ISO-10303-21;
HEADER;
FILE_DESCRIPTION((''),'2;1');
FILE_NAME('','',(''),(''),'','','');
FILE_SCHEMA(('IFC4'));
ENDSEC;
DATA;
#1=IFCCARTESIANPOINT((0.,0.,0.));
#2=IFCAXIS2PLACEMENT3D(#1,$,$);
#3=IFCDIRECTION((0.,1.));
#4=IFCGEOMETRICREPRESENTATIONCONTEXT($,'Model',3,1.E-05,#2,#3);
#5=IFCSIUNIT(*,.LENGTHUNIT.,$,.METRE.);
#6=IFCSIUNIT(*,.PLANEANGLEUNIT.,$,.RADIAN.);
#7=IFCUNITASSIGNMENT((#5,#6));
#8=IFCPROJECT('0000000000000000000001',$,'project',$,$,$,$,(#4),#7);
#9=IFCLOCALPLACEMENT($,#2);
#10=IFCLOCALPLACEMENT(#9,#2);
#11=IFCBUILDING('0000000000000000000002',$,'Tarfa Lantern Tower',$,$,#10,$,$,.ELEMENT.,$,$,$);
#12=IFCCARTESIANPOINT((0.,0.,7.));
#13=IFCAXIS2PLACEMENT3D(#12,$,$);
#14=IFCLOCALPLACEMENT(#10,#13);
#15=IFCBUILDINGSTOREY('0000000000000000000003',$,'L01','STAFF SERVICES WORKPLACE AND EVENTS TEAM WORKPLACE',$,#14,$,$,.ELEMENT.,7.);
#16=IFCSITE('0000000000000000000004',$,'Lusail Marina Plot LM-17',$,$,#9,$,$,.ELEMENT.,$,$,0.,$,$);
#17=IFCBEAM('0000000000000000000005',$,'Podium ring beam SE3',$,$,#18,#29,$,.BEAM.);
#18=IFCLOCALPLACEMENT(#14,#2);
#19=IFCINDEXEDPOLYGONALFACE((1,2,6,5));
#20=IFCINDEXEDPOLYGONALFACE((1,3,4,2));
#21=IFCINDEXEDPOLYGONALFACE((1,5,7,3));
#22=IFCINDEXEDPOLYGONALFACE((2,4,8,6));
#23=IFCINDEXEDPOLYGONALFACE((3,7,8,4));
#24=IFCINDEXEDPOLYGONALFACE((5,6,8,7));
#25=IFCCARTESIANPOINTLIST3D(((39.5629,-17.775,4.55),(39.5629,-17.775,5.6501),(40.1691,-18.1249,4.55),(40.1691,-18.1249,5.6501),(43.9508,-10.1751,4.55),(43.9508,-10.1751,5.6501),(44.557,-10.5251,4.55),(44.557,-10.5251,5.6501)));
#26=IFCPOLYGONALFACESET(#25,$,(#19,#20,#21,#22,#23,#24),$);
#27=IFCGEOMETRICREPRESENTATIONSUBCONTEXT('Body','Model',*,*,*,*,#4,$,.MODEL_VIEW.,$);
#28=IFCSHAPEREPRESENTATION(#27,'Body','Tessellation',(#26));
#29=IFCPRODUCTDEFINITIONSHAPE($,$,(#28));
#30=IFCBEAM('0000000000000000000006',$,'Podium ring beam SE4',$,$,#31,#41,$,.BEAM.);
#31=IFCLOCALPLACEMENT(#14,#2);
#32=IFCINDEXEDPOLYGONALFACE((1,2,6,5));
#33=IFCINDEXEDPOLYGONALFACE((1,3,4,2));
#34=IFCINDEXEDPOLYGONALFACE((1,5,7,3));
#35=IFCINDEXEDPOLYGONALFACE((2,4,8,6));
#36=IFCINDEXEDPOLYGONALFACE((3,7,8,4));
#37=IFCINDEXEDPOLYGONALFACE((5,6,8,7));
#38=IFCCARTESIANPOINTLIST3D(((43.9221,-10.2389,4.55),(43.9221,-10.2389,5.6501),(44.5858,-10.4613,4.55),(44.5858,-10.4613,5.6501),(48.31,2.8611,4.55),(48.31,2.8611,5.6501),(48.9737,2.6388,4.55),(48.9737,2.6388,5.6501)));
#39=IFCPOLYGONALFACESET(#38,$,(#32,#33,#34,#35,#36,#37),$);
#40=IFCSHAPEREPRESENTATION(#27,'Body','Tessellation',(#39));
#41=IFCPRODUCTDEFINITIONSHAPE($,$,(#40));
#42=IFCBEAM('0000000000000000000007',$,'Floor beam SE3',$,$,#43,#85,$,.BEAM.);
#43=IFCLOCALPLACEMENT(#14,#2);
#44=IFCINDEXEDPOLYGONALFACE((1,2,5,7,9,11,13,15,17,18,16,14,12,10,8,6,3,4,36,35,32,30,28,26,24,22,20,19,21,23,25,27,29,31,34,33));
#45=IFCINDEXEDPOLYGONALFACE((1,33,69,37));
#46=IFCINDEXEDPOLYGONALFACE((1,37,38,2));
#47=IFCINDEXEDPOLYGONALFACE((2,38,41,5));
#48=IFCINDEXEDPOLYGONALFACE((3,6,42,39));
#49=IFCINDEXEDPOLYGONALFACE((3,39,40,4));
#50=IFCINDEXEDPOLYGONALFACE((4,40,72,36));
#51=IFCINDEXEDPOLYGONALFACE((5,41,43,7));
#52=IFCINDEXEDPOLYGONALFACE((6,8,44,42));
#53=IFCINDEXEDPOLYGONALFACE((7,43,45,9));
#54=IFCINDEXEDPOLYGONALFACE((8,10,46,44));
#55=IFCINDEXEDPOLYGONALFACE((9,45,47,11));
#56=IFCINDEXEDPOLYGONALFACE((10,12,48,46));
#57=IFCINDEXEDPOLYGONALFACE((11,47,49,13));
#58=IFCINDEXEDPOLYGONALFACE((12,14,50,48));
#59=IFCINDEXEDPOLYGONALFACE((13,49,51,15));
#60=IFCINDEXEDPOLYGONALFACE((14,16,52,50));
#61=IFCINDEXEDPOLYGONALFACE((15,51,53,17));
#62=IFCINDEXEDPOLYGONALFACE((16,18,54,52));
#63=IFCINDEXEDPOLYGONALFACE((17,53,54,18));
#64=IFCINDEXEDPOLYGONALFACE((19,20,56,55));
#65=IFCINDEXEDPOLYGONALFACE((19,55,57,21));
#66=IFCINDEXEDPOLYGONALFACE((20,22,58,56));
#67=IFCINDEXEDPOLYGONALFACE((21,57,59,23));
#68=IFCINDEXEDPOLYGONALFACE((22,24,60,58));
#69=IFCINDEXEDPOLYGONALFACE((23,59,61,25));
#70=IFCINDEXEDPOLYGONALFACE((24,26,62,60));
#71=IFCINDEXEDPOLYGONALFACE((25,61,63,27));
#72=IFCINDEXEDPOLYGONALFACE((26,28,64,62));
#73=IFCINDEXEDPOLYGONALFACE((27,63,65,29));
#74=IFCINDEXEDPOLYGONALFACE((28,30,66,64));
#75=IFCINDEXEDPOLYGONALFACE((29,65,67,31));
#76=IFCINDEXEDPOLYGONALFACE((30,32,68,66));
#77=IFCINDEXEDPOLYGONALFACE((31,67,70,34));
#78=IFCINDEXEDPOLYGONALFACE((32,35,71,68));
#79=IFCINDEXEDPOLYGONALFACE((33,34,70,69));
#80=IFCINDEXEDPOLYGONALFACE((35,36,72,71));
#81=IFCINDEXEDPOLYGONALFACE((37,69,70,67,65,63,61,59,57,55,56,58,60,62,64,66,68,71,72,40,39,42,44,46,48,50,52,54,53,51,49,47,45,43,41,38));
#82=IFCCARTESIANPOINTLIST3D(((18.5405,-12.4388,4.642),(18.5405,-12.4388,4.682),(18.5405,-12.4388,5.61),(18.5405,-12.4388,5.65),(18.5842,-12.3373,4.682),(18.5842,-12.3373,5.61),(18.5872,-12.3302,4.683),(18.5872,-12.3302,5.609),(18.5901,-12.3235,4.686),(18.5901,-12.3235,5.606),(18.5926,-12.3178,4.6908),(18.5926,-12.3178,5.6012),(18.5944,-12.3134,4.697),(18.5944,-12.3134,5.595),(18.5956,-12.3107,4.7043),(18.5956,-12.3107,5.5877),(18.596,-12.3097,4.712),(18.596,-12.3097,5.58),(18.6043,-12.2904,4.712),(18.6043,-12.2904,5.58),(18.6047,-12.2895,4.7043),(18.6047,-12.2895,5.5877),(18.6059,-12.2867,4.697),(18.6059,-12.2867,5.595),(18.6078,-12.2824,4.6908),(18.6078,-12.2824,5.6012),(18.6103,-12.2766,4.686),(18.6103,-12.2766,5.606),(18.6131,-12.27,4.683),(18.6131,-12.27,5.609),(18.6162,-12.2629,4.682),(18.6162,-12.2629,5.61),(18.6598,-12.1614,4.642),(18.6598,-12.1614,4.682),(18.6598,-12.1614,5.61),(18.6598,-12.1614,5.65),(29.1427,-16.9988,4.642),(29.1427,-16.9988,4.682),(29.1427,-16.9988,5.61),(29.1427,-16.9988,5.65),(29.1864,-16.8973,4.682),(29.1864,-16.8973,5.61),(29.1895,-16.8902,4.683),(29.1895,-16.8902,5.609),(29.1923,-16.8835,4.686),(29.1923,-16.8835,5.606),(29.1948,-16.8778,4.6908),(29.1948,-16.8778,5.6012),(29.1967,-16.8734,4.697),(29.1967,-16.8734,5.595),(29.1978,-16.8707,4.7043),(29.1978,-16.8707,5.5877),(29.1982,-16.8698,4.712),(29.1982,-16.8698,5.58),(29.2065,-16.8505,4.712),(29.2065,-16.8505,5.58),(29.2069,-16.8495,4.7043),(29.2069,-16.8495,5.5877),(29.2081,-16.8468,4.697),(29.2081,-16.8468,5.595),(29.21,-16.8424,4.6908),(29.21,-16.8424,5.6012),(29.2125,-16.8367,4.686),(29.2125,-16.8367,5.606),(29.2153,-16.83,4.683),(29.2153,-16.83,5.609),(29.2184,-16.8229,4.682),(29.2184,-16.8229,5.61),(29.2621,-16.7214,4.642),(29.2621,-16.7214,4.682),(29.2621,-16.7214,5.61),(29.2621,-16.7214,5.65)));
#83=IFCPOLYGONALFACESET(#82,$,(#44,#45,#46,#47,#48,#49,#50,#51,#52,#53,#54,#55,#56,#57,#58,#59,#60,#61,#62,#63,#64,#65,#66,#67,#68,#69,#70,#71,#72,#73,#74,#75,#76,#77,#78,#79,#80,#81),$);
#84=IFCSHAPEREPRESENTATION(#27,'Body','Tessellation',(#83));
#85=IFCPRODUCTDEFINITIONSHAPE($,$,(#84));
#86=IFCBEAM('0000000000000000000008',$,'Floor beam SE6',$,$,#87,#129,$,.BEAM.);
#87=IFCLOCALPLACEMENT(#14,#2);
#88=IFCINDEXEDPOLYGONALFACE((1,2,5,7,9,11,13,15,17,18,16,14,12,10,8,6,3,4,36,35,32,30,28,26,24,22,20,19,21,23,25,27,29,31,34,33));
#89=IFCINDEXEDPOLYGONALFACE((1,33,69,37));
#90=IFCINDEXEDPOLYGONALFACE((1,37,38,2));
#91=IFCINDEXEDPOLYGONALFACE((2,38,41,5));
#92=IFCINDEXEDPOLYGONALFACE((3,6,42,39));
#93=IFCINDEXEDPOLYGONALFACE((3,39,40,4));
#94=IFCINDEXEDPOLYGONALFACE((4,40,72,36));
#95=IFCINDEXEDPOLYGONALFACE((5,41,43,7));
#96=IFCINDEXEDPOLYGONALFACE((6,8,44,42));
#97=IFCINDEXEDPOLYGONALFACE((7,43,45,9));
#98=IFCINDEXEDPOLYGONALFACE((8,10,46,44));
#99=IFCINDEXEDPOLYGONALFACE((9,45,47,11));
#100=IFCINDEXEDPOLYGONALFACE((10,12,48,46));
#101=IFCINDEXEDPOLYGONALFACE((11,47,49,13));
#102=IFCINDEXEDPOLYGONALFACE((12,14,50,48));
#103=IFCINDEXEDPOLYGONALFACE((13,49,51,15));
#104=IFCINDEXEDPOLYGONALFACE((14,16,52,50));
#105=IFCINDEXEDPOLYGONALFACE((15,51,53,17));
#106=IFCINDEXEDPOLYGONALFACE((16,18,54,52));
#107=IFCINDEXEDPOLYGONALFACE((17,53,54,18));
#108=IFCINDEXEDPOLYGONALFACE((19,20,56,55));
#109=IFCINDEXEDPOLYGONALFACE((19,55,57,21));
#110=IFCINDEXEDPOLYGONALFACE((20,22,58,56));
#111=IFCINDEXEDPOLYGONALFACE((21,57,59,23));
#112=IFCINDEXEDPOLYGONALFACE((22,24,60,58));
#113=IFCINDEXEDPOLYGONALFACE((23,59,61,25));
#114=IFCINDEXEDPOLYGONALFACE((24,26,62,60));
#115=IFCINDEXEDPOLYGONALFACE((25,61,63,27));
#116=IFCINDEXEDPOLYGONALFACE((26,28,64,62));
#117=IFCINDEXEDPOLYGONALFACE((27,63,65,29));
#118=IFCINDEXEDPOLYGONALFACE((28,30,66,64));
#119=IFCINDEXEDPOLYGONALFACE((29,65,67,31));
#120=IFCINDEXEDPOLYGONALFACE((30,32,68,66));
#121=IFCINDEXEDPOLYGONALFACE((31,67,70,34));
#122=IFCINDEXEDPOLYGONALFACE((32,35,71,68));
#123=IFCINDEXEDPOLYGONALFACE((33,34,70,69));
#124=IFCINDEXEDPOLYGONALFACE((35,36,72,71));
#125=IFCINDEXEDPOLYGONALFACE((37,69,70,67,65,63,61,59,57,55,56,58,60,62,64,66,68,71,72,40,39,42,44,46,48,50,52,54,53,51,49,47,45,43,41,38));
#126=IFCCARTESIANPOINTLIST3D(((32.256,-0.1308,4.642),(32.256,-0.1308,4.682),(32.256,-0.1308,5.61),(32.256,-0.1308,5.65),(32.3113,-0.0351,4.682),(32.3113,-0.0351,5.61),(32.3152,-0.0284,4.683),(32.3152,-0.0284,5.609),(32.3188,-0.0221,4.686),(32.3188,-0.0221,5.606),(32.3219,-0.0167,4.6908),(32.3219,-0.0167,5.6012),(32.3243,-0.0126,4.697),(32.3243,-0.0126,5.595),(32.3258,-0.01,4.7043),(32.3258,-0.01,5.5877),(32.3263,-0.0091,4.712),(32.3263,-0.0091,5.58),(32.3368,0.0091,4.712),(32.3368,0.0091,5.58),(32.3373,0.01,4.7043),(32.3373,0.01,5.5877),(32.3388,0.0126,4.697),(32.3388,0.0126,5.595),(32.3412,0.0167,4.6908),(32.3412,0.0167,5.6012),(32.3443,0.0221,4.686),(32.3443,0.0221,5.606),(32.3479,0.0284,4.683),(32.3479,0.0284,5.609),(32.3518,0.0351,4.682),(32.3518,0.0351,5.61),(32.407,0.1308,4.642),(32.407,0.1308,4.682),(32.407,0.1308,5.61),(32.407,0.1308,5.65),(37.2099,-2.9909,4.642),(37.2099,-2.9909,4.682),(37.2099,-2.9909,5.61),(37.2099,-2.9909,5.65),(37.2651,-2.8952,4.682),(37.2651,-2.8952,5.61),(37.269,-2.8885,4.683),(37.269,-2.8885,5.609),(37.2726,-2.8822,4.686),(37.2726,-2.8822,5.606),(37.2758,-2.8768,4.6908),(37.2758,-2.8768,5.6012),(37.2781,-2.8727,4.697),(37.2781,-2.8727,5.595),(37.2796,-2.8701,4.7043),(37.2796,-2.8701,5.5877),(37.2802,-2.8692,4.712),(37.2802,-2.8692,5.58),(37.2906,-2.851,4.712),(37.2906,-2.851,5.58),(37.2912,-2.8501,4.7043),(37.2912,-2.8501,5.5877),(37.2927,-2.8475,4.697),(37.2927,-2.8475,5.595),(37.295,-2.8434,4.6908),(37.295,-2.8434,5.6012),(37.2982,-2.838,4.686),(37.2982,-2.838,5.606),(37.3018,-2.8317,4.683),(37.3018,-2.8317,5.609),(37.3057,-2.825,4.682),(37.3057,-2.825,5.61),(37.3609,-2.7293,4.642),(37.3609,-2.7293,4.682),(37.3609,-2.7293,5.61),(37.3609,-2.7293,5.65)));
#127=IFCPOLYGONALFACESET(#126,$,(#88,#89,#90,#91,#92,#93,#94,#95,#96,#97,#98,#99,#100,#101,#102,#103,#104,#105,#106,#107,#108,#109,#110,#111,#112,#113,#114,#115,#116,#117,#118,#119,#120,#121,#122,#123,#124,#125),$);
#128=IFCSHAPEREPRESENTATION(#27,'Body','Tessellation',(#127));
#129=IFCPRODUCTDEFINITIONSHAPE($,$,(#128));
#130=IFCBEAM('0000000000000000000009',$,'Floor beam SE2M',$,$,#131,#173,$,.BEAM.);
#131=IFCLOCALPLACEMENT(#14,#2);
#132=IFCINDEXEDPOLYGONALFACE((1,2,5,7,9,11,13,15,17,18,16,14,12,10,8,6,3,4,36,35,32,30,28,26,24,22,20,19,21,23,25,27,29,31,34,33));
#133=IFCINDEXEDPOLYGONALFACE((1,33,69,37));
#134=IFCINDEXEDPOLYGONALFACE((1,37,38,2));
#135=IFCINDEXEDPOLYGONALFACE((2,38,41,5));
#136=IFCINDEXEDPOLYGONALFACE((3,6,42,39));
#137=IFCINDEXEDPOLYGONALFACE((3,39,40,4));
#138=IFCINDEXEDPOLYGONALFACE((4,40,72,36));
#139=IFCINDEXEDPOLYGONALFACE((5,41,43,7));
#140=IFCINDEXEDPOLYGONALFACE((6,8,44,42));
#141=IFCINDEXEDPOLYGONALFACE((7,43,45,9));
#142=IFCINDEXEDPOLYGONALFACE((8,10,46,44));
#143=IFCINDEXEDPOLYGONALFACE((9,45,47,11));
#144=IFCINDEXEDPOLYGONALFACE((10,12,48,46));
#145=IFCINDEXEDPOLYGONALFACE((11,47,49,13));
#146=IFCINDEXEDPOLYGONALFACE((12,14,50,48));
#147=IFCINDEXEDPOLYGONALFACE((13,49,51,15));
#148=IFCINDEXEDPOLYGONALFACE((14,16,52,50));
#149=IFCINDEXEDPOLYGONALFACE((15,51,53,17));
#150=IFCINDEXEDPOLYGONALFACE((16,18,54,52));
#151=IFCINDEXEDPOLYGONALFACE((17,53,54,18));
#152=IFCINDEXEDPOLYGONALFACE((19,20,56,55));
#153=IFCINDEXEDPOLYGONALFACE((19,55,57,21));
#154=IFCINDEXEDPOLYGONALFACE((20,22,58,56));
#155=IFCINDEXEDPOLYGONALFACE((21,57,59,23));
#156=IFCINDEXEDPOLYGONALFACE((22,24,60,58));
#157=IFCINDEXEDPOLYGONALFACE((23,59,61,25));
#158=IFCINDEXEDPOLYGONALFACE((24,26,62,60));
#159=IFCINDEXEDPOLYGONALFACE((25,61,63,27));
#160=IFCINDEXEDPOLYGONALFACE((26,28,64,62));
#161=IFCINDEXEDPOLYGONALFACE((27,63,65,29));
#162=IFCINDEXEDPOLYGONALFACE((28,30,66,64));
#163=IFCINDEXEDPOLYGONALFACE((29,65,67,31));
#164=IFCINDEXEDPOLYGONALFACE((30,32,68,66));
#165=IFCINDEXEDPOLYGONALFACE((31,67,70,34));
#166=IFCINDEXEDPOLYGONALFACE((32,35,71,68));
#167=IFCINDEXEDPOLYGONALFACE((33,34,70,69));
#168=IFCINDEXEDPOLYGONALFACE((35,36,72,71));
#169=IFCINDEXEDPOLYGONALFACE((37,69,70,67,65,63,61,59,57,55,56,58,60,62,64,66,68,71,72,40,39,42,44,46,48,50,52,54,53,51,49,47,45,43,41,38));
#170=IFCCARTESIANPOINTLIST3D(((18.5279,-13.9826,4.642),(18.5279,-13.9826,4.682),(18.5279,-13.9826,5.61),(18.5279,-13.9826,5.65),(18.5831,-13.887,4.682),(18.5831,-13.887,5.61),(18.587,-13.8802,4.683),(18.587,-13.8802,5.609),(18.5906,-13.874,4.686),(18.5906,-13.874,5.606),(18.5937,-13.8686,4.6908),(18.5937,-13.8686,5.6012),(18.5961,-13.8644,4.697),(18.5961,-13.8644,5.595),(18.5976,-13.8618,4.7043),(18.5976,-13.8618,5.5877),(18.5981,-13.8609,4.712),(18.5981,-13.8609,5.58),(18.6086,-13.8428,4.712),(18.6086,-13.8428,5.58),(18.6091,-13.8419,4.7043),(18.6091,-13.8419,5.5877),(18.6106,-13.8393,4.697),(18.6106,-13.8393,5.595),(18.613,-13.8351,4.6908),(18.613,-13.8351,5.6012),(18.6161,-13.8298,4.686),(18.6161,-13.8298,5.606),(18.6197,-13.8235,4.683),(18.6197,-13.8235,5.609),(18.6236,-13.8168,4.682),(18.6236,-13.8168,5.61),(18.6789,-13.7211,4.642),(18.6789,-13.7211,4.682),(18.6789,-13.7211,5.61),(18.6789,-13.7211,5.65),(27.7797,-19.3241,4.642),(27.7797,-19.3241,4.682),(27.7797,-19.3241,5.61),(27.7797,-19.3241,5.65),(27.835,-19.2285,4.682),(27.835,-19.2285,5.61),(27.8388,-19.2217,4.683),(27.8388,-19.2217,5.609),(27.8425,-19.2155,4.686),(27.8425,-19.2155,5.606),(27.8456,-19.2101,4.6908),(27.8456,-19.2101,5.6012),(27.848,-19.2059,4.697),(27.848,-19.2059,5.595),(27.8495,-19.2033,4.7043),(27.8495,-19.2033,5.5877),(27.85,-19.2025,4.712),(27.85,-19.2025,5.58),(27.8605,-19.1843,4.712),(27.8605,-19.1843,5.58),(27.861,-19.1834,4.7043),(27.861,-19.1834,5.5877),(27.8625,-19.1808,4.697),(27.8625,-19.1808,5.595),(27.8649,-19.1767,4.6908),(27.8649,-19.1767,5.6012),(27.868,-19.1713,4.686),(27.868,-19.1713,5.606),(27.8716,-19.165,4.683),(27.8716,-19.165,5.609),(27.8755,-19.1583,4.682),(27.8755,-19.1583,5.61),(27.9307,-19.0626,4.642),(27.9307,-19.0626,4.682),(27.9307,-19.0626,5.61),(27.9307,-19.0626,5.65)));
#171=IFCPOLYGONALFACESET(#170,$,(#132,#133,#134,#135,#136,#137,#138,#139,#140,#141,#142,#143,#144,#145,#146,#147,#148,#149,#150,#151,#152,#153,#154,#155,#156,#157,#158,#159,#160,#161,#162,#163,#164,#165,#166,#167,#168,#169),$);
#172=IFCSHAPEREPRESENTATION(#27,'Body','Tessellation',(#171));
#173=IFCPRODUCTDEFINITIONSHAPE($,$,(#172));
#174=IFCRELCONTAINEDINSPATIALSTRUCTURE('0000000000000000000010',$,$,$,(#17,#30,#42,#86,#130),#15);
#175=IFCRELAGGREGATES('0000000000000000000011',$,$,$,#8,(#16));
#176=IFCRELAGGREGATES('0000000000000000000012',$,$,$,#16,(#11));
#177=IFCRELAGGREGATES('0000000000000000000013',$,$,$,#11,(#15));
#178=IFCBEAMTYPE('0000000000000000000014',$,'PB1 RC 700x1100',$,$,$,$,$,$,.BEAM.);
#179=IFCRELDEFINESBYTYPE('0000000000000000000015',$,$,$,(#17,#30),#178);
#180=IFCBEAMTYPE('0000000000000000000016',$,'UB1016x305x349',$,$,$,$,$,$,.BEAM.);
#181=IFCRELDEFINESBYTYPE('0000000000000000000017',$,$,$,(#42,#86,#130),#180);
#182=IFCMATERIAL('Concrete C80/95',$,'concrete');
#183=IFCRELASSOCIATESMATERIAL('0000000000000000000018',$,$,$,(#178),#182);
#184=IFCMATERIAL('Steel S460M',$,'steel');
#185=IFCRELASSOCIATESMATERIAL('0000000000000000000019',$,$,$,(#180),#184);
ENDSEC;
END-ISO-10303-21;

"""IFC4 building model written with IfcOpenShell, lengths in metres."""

from ifc_helpers import new_model, si_unit, direction, frame, origin, origin_2d, place, context, subcontext, project, spatial, rectangle, i_section, extrude, material, material_profile, profile_set, type_object, element, save


model = new_model("IFC4")

# Units and contexts
model_context = context("Model", 3, precision=1e-05, world=origin(), true_north=direction((0.0, 1.0)))
body_context = subcontext(model_context, "Body", "Model", "MODEL_VIEW")
ifc_project = project(units=[si_unit("LENGTHUNIT", "METRE"), si_unit("PLANEANGLEUNIT", "RADIAN")], contexts=[model_context])

# Site, building, storey
site_placement = place(None, origin())
site = spatial("IfcSite", under=ifc_project, at=site_placement, Name="Lusail Marina Plot LM-17", CompositionType="ELEMENT", RefElevation=0.0)
building_placement = place(site_placement, origin())
building = spatial("IfcBuilding", under=site, at=building_placement, Name="Tarfa Lantern Tower", CompositionType="ELEMENT")
storey_placement = place(building_placement, frame((0.0, 0.0, 7.0)))
storey = spatial("IfcBuildingStorey", under=building, at=storey_placement, Name="L01", Description="STAFF SERVICES WORKPLACE AND EVENTS TEAM WORKPLACE", CompositionType="ELEMENT", Elevation=7.0)

# Shared definitions
ifc_material_1 = material(Name="Concrete C80/95", Category="concrete")

# Beams
ifc_material_profile_1 = material_profile(ifc_material_1, rectangle(XDim=0.7, YDim=1.1001, at=origin_2d()), Name="RC 700x1100")
ifc_profile_set_1 = profile_set([ifc_material_profile_1], Name="Concrete C80/95")
beam_type_1 = type_object("IfcBeamType", Name="PB1 RC 700x1100", PredefinedType="BEAM", material=ifc_profile_set_1)
beam_1_placement = place(storey_placement, frame((39.866, -17.95, 5.1001), z_axis=(0.500014, 0.866017, 0.0), x_axis=(-0.866017, 0.500014, 0.0)))
element("IfcBeam", 1, at=beam_1_placement, inside=storey, type_object=beam_type_1, Name="Podium ring beam SE3", PredefinedType="BEAM", context=body_context, shape_type="SweptSolid", body=[
    extrude(rectangle(XDim=0.7, YDim=1.1001, at=origin_2d()), origin(), (0.0, 0.0, 1.0), 8.7756),
])
beam_2_placement = place(storey_placement, frame((44.2539, -10.3501, 5.1001), z_axis=(0.317611, 0.948221, 0.0), x_axis=(-0.948221, 0.317611, 0.0)))
element("IfcBeam", 2, at=beam_2_placement, inside=storey, type_object=beam_type_1, Name="Podium ring beam SE4", PredefinedType="BEAM", context=body_context, shape_type="SweptSolid", body=[
    extrude(rectangle(XDim=0.7, YDim=1.1001, at=origin_2d()), origin(), (0.0, 0.0, 1.0), 13.8154),
])
ifc_material_2 = material(Name="Steel S460M", Category="steel")
ifc_material_profile_2 = material_profile(ifc_material_2, i_section(OverallWidth=0.302, OverallDepth=1.0081, WebThickness=0.021, FlangeThickness=0.04, FilletRadius=0.03, at=origin_2d()), Name="UB1016x305x349")
ifc_profile_set_2 = profile_set([ifc_material_profile_2], Name="Steel S460M")
beam_type_2 = type_object("IfcBeamType", Name="UB1016x305x349", PredefinedType="BEAM", material=ifc_profile_set_2)
beam_3_placement = place(storey_placement, frame((29.2024, -16.8601, 5.146), z_axis=(-0.918635, 0.395106, 0.0), x_axis=(-0.395106, -0.918635, 0.0)))
element("IfcBeam", 3, at=beam_3_placement, inside=storey, type_object=beam_type_2, Name="Floor beam SE3", PredefinedType="BEAM", context=body_context, shape_type="SweptSolid", body=[
    extrude(i_section(OverallWidth=0.302, OverallDepth=1.0081, WebThickness=0.021, FlangeThickness=0.04, FilletRadius=0.03, at=origin_2d()), origin(), (0.0, 0.0, 1.0), 11.5413),
])
beam_4_placement = place(storey_placement, frame((37.2854, -2.8601, 5.146), z_axis=(-0.866026, 0.5, 0.0), x_axis=(-0.5, -0.866026, 0.0)))
element("IfcBeam", 4, at=beam_4_placement, inside=storey, type_object=beam_type_2, Name="Floor beam SE6", PredefinedType="BEAM", context=body_context, shape_type="SweptSolid", body=[
    extrude(i_section(OverallWidth=0.302, OverallDepth=1.0081, WebThickness=0.021, FlangeThickness=0.04, FilletRadius=0.03, at=origin_2d()), origin(), (0.0, 0.0, 1.0), 5.7202),
])
beam_5_placement = place(storey_placement, frame((27.8552, -19.1934, 5.146), z_axis=(-0.866028, 0.499995, 0.0), x_axis=(-0.499995, -0.866028, 0.0)))
element("IfcBeam", 5, at=beam_5_placement, inside=storey, type_object=beam_type_2, Name="Floor beam SE2M", PredefinedType="BEAM", context=body_context, shape_type="SweptSolid", body=[
    extrude(i_section(OverallWidth=0.302, OverallDepth=1.0081, WebThickness=0.021, FlangeThickness=0.04, FilletRadius=0.03, at=origin_2d()), origin(), (0.0, 0.0, 1.0), 10.6831),
])

save(model, "model.ifc")
